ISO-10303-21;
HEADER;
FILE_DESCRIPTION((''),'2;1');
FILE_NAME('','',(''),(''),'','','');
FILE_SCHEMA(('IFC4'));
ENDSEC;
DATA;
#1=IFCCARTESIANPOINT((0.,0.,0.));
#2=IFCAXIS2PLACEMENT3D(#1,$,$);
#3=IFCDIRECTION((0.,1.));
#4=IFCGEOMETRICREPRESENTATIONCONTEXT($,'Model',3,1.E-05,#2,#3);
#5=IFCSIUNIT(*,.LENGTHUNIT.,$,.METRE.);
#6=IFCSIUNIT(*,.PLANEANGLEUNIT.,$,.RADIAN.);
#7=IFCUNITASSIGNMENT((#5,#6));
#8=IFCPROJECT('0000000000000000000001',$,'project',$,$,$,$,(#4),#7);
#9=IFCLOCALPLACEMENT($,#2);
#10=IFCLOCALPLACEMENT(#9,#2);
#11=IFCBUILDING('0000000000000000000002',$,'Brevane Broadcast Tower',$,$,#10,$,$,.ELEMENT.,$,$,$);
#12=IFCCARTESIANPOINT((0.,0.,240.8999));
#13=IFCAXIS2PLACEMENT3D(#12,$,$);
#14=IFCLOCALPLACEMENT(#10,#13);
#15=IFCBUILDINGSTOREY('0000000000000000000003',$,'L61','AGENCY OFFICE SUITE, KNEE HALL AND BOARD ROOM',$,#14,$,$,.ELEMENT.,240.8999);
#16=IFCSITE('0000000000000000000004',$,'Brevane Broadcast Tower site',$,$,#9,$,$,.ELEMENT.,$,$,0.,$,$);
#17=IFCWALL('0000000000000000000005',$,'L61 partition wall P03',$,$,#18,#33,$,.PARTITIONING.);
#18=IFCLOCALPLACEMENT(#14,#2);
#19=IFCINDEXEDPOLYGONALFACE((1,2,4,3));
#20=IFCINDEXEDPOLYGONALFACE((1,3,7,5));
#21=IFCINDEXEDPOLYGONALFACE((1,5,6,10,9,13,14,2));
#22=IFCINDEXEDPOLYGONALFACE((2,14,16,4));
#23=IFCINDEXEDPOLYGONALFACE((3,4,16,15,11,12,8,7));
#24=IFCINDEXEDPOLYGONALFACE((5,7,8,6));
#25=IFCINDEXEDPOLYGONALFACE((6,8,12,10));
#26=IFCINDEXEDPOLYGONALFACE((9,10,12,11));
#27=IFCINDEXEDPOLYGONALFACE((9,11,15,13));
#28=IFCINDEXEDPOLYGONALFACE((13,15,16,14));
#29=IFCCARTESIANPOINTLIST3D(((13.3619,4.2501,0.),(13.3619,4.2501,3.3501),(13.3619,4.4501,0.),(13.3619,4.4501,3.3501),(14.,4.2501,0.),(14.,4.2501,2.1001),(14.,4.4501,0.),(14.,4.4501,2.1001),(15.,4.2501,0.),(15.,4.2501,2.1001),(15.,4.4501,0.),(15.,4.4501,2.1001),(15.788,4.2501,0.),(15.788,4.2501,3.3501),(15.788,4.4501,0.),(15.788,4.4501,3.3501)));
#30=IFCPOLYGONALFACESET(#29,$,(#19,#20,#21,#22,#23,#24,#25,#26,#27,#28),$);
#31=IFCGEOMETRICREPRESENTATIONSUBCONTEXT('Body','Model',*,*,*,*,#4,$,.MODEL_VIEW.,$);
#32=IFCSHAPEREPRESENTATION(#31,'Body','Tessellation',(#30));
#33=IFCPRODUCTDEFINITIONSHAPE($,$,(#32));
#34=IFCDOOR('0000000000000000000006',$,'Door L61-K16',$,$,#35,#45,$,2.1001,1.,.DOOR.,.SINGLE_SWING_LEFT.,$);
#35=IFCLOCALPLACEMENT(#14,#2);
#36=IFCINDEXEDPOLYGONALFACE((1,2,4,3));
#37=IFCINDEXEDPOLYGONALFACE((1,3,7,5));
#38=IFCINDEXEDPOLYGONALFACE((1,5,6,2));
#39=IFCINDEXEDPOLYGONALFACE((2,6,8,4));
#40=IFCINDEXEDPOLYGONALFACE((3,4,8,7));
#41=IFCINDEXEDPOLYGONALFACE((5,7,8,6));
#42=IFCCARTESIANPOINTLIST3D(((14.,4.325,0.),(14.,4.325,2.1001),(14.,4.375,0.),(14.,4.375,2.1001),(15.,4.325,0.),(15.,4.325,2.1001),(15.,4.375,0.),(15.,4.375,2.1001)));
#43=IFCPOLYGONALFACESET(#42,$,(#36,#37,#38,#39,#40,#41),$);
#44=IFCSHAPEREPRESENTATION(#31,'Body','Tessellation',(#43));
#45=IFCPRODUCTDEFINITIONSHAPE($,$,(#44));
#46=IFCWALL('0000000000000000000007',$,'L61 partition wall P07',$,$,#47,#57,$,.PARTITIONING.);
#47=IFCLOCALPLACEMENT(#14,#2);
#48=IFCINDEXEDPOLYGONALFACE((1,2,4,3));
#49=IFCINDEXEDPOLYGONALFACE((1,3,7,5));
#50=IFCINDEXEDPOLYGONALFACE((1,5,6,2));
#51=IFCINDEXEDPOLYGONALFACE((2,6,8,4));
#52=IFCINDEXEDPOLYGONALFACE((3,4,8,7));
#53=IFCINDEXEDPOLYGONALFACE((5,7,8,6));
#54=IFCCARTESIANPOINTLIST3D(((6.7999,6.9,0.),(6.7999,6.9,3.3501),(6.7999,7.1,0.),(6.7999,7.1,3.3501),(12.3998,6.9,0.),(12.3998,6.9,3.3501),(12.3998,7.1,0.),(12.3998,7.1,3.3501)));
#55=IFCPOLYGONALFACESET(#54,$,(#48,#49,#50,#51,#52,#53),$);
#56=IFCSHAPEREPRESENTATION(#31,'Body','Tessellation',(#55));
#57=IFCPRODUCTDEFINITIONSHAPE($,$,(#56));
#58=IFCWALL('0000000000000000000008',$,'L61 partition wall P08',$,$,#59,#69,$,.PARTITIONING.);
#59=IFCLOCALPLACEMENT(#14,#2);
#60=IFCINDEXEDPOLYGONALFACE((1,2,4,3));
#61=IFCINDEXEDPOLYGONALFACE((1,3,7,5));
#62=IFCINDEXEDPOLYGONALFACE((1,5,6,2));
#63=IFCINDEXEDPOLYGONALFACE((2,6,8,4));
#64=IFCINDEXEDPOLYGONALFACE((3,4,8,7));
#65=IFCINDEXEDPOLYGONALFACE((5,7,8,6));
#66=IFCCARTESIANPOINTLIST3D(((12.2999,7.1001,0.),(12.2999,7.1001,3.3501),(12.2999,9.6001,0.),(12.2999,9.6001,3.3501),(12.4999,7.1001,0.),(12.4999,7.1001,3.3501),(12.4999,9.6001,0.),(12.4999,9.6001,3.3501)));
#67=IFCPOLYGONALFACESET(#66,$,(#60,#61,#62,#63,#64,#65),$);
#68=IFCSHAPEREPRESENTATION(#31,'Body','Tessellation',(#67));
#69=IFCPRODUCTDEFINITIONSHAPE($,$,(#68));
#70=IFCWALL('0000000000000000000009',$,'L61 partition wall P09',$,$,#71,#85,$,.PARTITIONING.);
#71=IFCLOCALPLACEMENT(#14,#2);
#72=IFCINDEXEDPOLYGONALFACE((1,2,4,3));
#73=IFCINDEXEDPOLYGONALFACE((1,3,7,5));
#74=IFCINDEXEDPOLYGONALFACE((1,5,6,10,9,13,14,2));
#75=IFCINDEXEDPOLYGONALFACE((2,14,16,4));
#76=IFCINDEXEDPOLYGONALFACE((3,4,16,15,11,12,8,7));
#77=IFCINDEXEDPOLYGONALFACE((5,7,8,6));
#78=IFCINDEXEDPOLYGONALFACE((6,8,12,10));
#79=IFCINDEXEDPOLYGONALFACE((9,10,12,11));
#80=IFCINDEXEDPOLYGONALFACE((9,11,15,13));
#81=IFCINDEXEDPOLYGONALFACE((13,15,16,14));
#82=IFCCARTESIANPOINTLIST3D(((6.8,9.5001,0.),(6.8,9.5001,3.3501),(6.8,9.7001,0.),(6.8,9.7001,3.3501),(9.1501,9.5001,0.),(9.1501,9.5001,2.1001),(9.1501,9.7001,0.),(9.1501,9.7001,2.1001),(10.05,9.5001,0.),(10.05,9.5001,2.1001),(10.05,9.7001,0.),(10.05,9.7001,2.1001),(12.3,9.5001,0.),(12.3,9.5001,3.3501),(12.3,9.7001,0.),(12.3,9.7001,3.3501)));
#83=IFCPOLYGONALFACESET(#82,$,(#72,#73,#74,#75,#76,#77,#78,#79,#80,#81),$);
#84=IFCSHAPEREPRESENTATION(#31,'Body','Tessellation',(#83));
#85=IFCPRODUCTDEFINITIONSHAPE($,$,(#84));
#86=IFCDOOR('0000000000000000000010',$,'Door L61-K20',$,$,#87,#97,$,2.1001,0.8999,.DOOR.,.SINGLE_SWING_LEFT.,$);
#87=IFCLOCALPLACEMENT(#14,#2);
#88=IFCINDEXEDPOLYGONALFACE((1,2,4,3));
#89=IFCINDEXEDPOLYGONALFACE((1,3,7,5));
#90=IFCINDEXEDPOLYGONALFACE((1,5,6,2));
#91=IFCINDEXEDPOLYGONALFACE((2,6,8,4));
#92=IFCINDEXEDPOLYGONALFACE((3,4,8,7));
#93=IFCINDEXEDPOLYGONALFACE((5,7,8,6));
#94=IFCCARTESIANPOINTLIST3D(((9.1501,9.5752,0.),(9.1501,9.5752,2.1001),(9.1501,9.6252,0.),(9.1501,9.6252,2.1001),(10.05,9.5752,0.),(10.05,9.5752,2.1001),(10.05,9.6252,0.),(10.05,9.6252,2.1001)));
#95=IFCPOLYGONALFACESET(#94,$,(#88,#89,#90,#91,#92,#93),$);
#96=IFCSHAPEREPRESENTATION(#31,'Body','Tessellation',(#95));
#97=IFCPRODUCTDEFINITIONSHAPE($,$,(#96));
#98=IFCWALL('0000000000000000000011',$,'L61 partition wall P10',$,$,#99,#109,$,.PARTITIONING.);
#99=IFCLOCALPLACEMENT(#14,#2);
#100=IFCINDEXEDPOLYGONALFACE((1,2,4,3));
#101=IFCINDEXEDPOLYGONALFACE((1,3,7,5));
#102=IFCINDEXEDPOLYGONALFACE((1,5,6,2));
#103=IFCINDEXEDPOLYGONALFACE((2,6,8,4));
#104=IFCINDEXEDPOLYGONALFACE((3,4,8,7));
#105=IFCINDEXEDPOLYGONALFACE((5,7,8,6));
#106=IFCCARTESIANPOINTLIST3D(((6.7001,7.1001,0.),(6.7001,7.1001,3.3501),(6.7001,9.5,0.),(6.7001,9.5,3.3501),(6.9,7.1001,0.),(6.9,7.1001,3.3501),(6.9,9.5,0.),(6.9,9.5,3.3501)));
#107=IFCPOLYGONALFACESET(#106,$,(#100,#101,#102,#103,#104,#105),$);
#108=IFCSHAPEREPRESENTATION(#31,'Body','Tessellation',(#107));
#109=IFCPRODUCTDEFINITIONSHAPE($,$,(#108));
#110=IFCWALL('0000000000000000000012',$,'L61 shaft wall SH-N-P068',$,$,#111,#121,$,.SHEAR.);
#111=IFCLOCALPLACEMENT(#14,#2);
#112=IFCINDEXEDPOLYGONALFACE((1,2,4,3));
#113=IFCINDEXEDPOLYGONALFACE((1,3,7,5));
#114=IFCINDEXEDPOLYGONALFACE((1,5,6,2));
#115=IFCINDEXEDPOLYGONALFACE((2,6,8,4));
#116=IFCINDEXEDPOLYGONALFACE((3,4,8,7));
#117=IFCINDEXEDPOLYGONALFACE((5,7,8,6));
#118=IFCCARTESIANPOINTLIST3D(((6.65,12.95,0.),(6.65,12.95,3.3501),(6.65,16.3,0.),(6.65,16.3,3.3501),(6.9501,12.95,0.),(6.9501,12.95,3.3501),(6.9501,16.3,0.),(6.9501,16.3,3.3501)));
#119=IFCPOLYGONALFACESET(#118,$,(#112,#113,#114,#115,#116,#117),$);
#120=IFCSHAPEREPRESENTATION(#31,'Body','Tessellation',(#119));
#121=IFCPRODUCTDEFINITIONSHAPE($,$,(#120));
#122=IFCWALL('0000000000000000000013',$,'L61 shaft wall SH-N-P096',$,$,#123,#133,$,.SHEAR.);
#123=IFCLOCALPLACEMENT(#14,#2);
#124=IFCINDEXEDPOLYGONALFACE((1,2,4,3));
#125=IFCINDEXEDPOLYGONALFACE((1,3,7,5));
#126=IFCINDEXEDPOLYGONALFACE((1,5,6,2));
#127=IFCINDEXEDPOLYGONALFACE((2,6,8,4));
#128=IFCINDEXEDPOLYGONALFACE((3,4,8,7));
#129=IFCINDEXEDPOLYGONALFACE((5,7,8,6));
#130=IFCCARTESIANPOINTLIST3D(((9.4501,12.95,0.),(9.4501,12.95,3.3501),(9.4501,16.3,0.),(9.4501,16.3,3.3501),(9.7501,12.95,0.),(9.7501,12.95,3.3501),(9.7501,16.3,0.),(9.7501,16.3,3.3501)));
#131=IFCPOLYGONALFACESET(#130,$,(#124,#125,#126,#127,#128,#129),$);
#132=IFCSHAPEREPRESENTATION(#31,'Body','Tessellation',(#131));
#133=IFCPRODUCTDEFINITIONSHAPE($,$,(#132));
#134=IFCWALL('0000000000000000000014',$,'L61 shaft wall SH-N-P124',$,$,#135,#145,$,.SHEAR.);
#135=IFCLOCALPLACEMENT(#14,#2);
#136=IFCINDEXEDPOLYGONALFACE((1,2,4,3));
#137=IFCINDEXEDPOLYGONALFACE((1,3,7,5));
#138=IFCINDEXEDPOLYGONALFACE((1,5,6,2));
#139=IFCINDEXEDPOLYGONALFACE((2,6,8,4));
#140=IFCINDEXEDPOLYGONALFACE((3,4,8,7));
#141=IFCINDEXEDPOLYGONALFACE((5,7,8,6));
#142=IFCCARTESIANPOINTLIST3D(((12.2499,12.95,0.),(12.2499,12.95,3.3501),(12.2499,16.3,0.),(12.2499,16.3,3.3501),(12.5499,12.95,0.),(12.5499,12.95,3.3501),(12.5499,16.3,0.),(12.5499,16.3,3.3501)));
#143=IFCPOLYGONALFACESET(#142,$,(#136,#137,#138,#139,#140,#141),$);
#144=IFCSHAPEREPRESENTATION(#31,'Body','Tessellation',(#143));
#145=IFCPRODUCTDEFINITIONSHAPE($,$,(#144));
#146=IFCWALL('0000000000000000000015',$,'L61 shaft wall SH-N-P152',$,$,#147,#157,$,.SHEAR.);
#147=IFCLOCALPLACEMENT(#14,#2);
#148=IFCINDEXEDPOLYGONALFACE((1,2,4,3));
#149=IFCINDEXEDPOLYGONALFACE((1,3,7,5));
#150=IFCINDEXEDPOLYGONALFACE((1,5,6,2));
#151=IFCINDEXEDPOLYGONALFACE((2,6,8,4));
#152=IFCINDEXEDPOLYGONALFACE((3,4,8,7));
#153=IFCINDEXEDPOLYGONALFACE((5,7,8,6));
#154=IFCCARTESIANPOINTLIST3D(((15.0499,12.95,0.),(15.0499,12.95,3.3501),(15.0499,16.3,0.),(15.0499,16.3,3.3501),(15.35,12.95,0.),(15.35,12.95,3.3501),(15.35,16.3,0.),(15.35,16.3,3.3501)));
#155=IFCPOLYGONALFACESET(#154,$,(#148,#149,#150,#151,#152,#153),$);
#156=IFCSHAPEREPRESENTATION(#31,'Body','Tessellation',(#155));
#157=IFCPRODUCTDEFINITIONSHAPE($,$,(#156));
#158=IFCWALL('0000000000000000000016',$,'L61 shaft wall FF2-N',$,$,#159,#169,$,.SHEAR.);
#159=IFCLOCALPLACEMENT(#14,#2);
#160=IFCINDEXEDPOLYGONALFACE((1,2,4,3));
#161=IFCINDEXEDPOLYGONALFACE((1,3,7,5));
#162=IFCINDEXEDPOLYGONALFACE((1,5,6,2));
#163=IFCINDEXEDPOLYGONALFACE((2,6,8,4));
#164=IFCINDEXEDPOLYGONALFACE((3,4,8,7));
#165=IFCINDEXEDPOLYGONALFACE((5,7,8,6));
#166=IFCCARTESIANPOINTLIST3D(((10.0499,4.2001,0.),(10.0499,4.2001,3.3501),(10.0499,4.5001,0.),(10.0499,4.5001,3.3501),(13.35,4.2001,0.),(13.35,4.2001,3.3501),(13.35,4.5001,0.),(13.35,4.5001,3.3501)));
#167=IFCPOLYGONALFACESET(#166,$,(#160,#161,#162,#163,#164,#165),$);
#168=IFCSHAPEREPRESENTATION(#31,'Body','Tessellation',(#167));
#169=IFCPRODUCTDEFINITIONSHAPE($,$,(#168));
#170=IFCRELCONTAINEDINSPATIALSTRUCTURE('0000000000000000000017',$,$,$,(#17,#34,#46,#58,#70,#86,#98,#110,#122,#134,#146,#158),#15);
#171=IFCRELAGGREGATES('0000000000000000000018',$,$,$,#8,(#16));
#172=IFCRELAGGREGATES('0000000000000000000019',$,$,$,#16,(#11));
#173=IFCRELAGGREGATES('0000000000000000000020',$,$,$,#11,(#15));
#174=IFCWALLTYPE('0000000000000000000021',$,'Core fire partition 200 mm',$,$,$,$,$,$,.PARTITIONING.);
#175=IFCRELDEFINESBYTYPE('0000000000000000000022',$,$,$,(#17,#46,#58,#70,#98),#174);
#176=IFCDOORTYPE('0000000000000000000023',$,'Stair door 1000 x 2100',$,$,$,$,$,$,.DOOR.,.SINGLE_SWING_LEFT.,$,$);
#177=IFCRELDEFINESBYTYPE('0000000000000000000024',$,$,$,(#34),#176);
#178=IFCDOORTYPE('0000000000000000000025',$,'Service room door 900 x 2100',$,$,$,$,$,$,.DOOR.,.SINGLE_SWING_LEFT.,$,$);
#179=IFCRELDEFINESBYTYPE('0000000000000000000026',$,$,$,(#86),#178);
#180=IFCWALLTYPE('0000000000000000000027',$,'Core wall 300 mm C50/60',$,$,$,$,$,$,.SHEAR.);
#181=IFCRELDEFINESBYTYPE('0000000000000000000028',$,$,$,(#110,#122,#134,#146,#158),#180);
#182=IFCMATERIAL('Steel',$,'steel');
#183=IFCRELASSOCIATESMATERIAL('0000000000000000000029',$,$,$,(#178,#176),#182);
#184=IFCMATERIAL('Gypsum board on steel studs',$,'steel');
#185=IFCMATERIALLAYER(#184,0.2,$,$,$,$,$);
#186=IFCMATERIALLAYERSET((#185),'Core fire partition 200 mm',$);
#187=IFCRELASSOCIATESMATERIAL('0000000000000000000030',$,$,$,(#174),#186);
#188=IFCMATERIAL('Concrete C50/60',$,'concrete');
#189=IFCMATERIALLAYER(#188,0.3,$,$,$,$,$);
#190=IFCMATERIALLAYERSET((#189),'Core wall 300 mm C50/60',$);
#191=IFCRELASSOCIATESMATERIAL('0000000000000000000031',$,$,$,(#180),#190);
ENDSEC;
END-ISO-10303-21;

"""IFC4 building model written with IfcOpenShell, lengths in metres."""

from ifc_helpers import new_model, si_unit, direction, frame, frame_2d, origin, place, context, subcontext, project, spatial, rectangle, extrude, material, layer, layer_set, type_object, element, fill, save


model = new_model("IFC4")

# Units and contexts
model_context = context("Model", 3, precision=1e-05, world=origin(), true_north=direction((0.0, 1.0)))
body_context = subcontext(model_context, "Body", "Model", "MODEL_VIEW")
ifc_project = project(units=[si_unit("LENGTHUNIT", "METRE"), si_unit("PLANEANGLEUNIT", "RADIAN")], contexts=[model_context])

# Site, building, storey
site_placement = place(None, origin())
site = spatial("IfcSite", under=ifc_project, at=site_placement, Name="Brevane Broadcast Tower site", CompositionType="ELEMENT", RefElevation=0.0)
building_placement = place(site_placement, origin())
building = spatial("IfcBuilding", under=site, at=building_placement, Name="Brevane Broadcast Tower", CompositionType="ELEMENT")
storey_placement = place(building_placement, frame((0.0, 0.0, 240.8999)))
storey = spatial("IfcBuildingStorey", under=building, at=storey_placement, Name="L61", Description="AGENCY OFFICE SUITE, KNEE HALL AND BOARD ROOM", CompositionType="ELEMENT", Elevation=240.8999)

# Shared definitions
ifc_material_1 = material(Name="Gypsum board on steel studs", Category="steel")

# Shared definitions
ifc_material_2 = material(Name="Steel", Category="steel")
door_type_1 = type_object("IfcDoorType", Name="Service room door 900 x 2100", OperationType="SINGLE_SWING_LEFT", PredefinedType="DOOR", material=ifc_material_2)

# Wall, opening, door
ifc_layer_1 = layer(ifc_material_1, 0.2)
ifc_layer_set_1 = layer_set([ifc_layer_1], Name="Core fire partition 200 mm")
wall_type_1 = type_object("IfcWallType", Name="Core fire partition 200 mm", PredefinedType="PARTITIONING", material=ifc_layer_set_1)
wall_1_placement = place(storey_placement, frame((13.3621, 4.3501, 0.0), z_axis=(0.0, 0.0, 1.0), x_axis=(1.0, 0.0, 0.0)))
wall_1 = element("IfcWall", 1, at=wall_1_placement, inside=storey, type_object=wall_type_1, Name="L61 partition wall P03", PredefinedType="PARTITIONING", context=body_context, shape_type="SweptSolid", body=[
    extrude(rectangle(XDim=2.426, YDim=0.2, at=frame_2d((1.2129, 0.0))), origin(), (0.0, 0.0, 1.0), 3.3501),
])
opening_1_placement = place(wall_1_placement, frame((0.6379, 0.0, 0.0)))
opening_1 = element("IfcOpeningElement", 2, at=opening_1_placement, cuts=wall_1, PredefinedType="OPENING", context=body_context, shape_type="SweptSolid", body=[
    extrude(rectangle(XDim=1.0, YDim=2.1001, at=frame_2d((0.5, 1.05))), frame((0.0, 0.1099, 0.0), z_axis=(0.0, -1.0, 0.0), x_axis=(1.0, 0.0, 0.0)), (0.0, 0.0, 1.0), 0.22),
])
door_type_2 = type_object("IfcDoorType", Name="Stair door 1000 x 2100", OperationType="SINGLE_SWING_LEFT", PredefinedType="DOOR", material=ifc_material_2)
door_1_placement = place(opening_1_placement, origin())
door_1 = element("IfcDoor", 3, at=door_1_placement, inside=storey, type_object=door_type_2, Name="Door L61-K16", OperationType="SINGLE_SWING_LEFT", OverallHeight=2.1001, OverallWidth=1.0, PredefinedType="DOOR", context=body_context, shape_type="SweptSolid", body=[
    extrude(rectangle(XDim=1.0, YDim=2.1001, at=frame_2d((0.5, 1.05))), frame((0.0, 0.0249, 0.0), z_axis=(0.0, -1.0, 0.0), x_axis=(1.0, 0.0, 0.0)), (0.0, 0.0, 1.0), 0.05),
])
fill(opening_1, door_1)

# Walls
wall_2_placement = place(storey_placement, frame((6.8, 7.0, 0.0), z_axis=(0.0, 0.0, 1.0), x_axis=(1.0, 0.0, 0.0)))
element("IfcWall", 4, at=wall_2_placement, inside=storey, type_object=wall_type_1, Name="L61 partition wall P07", PredefinedType="PARTITIONING", context=body_context, shape_type="SweptSolid", body=[
    extrude(rectangle(XDim=5.5999, YDim=0.2, at=frame_2d((2.7998, 0.0))), origin(), (0.0, 0.0, 1.0), 3.3501),
])
wall_3_placement = place(storey_placement, frame((12.3999, 7.1001, 0.0), z_axis=(0.0, 0.0, 1.0), x_axis=(0.0, 1.0, 0.0)))
element("IfcWall", 5, at=wall_3_placement, inside=storey, type_object=wall_type_1, Name="L61 partition wall P08", PredefinedType="PARTITIONING", context=body_context, shape_type="SweptSolid", body=[
    extrude(rectangle(XDim=2.5, YDim=0.2, at=frame_2d((1.25, 0.0))), origin(), (0.0, 0.0, 1.0), 3.3501),
])

# Wall, opening, door
wall_4_placement = place(storey_placement, frame((12.3, 9.6001, 0.0), z_axis=(0.0, 0.0, 1.0), x_axis=(-1.0, 0.0, 0.0)))
wall_4 = element("IfcWall", 6, at=wall_4_placement, inside=storey, type_object=wall_type_1, Name="L61 partition wall P09", PredefinedType="PARTITIONING", context=body_context, shape_type="SweptSolid", body=[
    extrude(rectangle(XDim=5.5, YDim=0.2, at=frame_2d((2.75, 0.0))), origin(), (0.0, 0.0, 1.0), 3.3501),
])
opening_2_placement = place(wall_4_placement, frame((2.25, 0.0, 0.0)))
opening_2 = element("IfcOpeningElement", 7, at=opening_2_placement, cuts=wall_4, PredefinedType="OPENING", context=body_context, shape_type="SweptSolid", body=[
    extrude(rectangle(XDim=0.8999, YDim=2.1001, at=frame_2d((0.45, 1.05))), frame((0.0, 0.1099, 0.0), z_axis=(0.0, -1.0, 0.0), x_axis=(1.0, 0.0, 0.0)), (0.0, 0.0, 1.0), 0.22),
])
door_2_placement = place(opening_2_placement, origin())
door_2 = element("IfcDoor", 8, at=door_2_placement, inside=storey, type_object=door_type_1, Name="Door L61-K20", OperationType="SINGLE_SWING_LEFT", OverallHeight=2.1001, OverallWidth=0.8999, PredefinedType="DOOR", context=body_context, shape_type="SweptSolid", body=[
    extrude(rectangle(XDim=0.8999, YDim=2.1001, at=frame_2d((0.45, 1.05))), frame((0.0, 0.0249, 0.0), z_axis=(0.0, -1.0, 0.0), x_axis=(1.0, 0.0, 0.0)), (0.0, 0.0, 1.0), 0.05),
])
fill(opening_2, door_2)

# Walls
wall_5_placement = place(storey_placement, frame((6.8, 9.5, 0.0), z_axis=(0.0, 0.0, 1.0), x_axis=(0.0, -1.0, 0.0)))
element("IfcWall", 9, at=wall_5_placement, inside=storey, type_object=wall_type_1, Name="L61 partition wall P10", PredefinedType="PARTITIONING", context=body_context, shape_type="SweptSolid", body=[
    extrude(rectangle(XDim=2.3999, YDim=0.2, at=frame_2d((1.2, 0.0))), origin(), (0.0, 0.0, 1.0), 3.3501),
])
ifc_material_3 = material(Name="Concrete C50/60", Category="concrete")
ifc_layer_2 = layer(ifc_material_3, 0.3)
ifc_layer_set_2 = layer_set([ifc_layer_2], Name="Core wall 300 mm C50/60")
wall_type_2 = type_object("IfcWallType", Name="Core wall 300 mm C50/60", PredefinedType="SHEAR", material=ifc_layer_set_2)
for number, where, z_axis, x_axis, name in (
    (10, (6.8, 12.95, 0.0), (0.0, 0.0, 1.0), (0.0, 1.0, 0.0), "L61 shaft wall SH-N-P068"),
    (11, (9.6001, 12.95, 0.0), (0.0, 0.0, 1.0), (0.0, 1.0, 0.0), "L61 shaft wall SH-N-P096"),
    (12, (12.3999, 12.95, 0.0), (0.0, 0.0, 1.0), (0.0, 1.0, 0.0), "L61 shaft wall SH-N-P124"),
    (13, (15.2, 12.95, 0.0), (0.0, 0.0, 1.0), (0.0, 1.0, 0.0), "L61 shaft wall SH-N-P152"),
):
    element("IfcWall", number, at=place(storey_placement, frame(where, z_axis=z_axis, x_axis=x_axis)), inside=storey, type_object=wall_type_2, Name=name, PredefinedType="SHEAR", context=body_context, shape_type="SweptSolid", body=[
        extrude(rectangle(XDim=3.3501, YDim=0.3, at=frame_2d((1.675, 0.0))), origin(), (0.0, 0.0, 1.0), 3.3501),
    ])
wall_6_placement = place(storey_placement, frame((10.05, 4.3501, 0.0), z_axis=(0.0, 0.0, 1.0), x_axis=(1.0, 0.0, 0.0)))
element("IfcWall", 14, at=wall_6_placement, inside=storey, type_object=wall_type_2, Name="L61 shaft wall FF2-N", PredefinedType="SHEAR", context=body_context, shape_type="SweptSolid", body=[
    extrude(rectangle(XDim=3.3, YDim=0.3, at=frame_2d((1.6499, 0.0))), origin(), (0.0, 0.0, 1.0), 3.3501),
])

save(model, "model.ifc")
